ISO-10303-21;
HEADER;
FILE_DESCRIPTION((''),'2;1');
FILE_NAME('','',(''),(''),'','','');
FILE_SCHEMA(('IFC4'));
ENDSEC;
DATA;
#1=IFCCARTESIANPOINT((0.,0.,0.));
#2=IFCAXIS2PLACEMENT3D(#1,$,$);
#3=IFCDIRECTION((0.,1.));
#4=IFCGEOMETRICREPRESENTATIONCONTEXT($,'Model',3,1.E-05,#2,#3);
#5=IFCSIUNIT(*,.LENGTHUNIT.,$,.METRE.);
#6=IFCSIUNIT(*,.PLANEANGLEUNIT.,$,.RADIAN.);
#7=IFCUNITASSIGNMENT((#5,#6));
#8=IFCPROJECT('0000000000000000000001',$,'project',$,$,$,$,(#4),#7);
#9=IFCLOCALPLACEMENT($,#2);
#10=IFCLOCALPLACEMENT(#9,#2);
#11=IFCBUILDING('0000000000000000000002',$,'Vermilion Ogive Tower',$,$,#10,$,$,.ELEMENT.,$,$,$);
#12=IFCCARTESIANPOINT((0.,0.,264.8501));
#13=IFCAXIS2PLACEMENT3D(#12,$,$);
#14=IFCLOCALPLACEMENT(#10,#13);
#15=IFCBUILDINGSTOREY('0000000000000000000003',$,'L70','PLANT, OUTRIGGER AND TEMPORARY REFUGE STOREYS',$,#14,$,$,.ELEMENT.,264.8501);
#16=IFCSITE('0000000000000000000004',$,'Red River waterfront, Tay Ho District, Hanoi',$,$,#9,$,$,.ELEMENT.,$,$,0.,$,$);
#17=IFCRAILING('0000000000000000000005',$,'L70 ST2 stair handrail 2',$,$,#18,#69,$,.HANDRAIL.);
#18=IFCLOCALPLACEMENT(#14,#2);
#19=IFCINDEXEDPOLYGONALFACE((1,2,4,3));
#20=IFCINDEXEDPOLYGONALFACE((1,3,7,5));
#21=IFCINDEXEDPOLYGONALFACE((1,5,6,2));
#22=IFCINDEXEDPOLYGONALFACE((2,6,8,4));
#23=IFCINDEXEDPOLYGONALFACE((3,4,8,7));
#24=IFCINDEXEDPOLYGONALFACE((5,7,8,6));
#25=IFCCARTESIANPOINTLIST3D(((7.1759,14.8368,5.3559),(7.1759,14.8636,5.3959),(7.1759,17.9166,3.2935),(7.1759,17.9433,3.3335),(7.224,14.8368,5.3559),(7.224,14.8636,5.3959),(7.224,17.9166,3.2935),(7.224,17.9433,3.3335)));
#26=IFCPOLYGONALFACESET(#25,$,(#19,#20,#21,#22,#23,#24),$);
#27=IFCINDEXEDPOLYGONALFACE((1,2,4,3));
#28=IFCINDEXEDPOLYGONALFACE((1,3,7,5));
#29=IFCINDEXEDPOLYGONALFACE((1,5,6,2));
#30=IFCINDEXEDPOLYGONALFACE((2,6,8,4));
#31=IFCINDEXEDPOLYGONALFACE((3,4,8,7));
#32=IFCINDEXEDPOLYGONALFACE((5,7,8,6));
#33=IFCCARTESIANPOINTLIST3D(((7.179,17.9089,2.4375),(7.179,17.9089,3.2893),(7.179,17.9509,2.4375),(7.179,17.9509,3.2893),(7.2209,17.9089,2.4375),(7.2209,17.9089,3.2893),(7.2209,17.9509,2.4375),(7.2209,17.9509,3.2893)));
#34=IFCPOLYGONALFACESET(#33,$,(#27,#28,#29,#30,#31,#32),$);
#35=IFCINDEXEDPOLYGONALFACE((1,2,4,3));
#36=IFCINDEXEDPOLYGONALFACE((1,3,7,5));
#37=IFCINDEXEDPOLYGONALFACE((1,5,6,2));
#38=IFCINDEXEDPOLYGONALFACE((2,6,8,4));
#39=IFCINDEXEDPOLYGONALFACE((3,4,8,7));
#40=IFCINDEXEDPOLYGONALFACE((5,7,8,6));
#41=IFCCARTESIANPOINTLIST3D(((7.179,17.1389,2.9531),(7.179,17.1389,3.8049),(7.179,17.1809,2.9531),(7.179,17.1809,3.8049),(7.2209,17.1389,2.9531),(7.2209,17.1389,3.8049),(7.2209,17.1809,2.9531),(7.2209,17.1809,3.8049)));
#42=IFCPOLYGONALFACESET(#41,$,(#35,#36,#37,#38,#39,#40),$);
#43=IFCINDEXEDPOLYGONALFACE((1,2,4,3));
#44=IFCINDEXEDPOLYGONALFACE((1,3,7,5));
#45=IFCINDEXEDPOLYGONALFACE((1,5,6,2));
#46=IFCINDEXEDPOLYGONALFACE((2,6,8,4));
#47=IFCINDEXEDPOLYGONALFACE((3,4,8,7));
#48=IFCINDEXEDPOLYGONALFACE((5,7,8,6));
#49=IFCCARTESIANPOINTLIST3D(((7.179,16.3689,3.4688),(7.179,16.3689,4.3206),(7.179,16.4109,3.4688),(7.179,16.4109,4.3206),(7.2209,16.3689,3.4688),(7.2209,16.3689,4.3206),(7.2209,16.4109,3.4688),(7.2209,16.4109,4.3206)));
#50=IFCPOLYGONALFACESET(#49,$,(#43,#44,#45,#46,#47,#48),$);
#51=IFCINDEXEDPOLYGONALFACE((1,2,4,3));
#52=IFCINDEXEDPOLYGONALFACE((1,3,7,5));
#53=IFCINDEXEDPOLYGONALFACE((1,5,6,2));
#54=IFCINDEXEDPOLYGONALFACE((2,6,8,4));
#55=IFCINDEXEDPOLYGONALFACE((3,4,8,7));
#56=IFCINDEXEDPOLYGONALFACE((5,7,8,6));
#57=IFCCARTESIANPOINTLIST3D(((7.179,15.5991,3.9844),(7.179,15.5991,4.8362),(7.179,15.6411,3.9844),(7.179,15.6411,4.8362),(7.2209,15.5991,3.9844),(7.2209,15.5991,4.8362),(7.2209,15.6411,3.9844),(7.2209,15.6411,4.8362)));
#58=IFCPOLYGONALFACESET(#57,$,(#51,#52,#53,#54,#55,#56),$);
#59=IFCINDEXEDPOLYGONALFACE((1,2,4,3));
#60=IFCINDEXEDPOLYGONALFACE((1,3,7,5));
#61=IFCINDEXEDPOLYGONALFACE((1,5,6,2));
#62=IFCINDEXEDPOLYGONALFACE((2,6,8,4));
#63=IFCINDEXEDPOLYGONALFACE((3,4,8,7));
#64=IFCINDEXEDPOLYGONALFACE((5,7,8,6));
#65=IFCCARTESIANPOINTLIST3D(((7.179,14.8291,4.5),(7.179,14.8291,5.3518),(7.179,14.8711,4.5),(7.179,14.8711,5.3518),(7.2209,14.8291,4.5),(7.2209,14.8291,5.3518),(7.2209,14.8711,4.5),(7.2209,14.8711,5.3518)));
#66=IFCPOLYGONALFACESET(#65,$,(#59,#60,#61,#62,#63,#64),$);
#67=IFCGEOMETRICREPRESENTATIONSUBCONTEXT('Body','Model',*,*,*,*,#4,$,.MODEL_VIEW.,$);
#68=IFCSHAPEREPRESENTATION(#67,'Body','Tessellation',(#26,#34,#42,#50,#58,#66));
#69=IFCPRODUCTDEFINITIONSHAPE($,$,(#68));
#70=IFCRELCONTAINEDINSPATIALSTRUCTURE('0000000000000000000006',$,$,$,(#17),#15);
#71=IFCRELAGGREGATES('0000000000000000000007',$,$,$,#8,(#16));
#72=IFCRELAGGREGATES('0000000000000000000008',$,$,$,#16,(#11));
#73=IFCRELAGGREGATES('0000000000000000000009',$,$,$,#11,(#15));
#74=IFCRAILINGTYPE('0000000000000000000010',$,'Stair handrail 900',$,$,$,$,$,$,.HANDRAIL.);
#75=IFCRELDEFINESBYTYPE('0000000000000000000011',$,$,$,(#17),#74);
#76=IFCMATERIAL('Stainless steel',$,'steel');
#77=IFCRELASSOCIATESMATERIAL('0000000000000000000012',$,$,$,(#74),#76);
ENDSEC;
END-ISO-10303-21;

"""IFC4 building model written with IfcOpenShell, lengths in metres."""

from ifc_helpers import new_model, si_unit, direction, frame, origin, origin_2d, place, context, subcontext, project, spatial, rectangle, extrude, material, type_object, element, save


model = new_model("IFC4")

# Units and contexts
model_context = context("Model", 3, precision=1e-05, world=origin(), true_north=direction((0.0, 1.0)))
body_context = subcontext(model_context, "Body", "Model", "MODEL_VIEW")
ifc_project = project(units=[si_unit("LENGTHUNIT", "METRE"), si_unit("PLANEANGLEUNIT", "RADIAN")], contexts=[model_context])

# Site, building, storey
site_placement = place(None, origin())
site = spatial("IfcSite", under=ifc_project, at=site_placement, Name="Red River waterfront, Tay Ho District, Hanoi", CompositionType="ELEMENT", RefElevation=0.0)
building_placement = place(site_placement, origin())
building = spatial("IfcBuilding", under=site, at=building_placement, Name="Vermilion Ogive Tower", CompositionType="ELEMENT")
storey_placement = place(building_placement, frame((0.0, 0.0, 264.8501)))
storey = spatial("IfcBuildingStorey", under=building, at=storey_placement, Name="L70", Description="PLANT, OUTRIGGER AND TEMPORARY REFUGE STOREYS", CompositionType="ELEMENT", Elevation=264.8501)

# Railing
ifc_material_1 = material(Name="Stainless steel", Category="steel")
railing_type_1 = type_object("IfcRailingType", Name="Stair handrail 900", PredefinedType="HANDRAIL", material=ifc_material_1)
railing_1_placement = place(storey_placement, frame((7.2, 17.9299, 2.4375)))
element("IfcRailing", 1, at=railing_1_placement, inside=storey, type_object=railing_type_1, Name="L70 ST2 stair handrail 2", PredefinedType="HANDRAIL", context=body_context, shape_type="SweptSolid", body=[
    extrude(rectangle(XDim=0.0481, YDim=0.0481, at=origin_2d()), frame((0.0, 0.0, 0.876), z_axis=(0.0, -0.830893, 0.556432), x_axis=(1.0, 0.0, 0.0)), (0.0, 0.0, 1.0), 3.7065),
    extrude(rectangle(XDim=0.042, YDim=0.042, at=origin_2d()), origin(), (0.0, 0.0, 1.0), 0.8518),
    extrude(rectangle(XDim=0.042, YDim=0.042, at=origin_2d()), frame((0.0, -0.77, 0.5156)), (0.0, 0.0, 1.0), 0.8518),
    extrude(rectangle(XDim=0.042, YDim=0.042, at=origin_2d()), frame((0.0, -1.54, 1.0312)), (0.0, 0.0, 1.0), 0.8518),
    extrude(rectangle(XDim=0.042, YDim=0.042, at=origin_2d()), frame((0.0, -2.3098, 1.5469)), (0.0, 0.0, 1.0), 0.8518),
    extrude(rectangle(XDim=0.042, YDim=0.042, at=origin_2d()), frame((0.0, -3.0798, 2.0625)), (0.0, 0.0, 1.0), 0.8518),
])

save(model, "model.ifc")
